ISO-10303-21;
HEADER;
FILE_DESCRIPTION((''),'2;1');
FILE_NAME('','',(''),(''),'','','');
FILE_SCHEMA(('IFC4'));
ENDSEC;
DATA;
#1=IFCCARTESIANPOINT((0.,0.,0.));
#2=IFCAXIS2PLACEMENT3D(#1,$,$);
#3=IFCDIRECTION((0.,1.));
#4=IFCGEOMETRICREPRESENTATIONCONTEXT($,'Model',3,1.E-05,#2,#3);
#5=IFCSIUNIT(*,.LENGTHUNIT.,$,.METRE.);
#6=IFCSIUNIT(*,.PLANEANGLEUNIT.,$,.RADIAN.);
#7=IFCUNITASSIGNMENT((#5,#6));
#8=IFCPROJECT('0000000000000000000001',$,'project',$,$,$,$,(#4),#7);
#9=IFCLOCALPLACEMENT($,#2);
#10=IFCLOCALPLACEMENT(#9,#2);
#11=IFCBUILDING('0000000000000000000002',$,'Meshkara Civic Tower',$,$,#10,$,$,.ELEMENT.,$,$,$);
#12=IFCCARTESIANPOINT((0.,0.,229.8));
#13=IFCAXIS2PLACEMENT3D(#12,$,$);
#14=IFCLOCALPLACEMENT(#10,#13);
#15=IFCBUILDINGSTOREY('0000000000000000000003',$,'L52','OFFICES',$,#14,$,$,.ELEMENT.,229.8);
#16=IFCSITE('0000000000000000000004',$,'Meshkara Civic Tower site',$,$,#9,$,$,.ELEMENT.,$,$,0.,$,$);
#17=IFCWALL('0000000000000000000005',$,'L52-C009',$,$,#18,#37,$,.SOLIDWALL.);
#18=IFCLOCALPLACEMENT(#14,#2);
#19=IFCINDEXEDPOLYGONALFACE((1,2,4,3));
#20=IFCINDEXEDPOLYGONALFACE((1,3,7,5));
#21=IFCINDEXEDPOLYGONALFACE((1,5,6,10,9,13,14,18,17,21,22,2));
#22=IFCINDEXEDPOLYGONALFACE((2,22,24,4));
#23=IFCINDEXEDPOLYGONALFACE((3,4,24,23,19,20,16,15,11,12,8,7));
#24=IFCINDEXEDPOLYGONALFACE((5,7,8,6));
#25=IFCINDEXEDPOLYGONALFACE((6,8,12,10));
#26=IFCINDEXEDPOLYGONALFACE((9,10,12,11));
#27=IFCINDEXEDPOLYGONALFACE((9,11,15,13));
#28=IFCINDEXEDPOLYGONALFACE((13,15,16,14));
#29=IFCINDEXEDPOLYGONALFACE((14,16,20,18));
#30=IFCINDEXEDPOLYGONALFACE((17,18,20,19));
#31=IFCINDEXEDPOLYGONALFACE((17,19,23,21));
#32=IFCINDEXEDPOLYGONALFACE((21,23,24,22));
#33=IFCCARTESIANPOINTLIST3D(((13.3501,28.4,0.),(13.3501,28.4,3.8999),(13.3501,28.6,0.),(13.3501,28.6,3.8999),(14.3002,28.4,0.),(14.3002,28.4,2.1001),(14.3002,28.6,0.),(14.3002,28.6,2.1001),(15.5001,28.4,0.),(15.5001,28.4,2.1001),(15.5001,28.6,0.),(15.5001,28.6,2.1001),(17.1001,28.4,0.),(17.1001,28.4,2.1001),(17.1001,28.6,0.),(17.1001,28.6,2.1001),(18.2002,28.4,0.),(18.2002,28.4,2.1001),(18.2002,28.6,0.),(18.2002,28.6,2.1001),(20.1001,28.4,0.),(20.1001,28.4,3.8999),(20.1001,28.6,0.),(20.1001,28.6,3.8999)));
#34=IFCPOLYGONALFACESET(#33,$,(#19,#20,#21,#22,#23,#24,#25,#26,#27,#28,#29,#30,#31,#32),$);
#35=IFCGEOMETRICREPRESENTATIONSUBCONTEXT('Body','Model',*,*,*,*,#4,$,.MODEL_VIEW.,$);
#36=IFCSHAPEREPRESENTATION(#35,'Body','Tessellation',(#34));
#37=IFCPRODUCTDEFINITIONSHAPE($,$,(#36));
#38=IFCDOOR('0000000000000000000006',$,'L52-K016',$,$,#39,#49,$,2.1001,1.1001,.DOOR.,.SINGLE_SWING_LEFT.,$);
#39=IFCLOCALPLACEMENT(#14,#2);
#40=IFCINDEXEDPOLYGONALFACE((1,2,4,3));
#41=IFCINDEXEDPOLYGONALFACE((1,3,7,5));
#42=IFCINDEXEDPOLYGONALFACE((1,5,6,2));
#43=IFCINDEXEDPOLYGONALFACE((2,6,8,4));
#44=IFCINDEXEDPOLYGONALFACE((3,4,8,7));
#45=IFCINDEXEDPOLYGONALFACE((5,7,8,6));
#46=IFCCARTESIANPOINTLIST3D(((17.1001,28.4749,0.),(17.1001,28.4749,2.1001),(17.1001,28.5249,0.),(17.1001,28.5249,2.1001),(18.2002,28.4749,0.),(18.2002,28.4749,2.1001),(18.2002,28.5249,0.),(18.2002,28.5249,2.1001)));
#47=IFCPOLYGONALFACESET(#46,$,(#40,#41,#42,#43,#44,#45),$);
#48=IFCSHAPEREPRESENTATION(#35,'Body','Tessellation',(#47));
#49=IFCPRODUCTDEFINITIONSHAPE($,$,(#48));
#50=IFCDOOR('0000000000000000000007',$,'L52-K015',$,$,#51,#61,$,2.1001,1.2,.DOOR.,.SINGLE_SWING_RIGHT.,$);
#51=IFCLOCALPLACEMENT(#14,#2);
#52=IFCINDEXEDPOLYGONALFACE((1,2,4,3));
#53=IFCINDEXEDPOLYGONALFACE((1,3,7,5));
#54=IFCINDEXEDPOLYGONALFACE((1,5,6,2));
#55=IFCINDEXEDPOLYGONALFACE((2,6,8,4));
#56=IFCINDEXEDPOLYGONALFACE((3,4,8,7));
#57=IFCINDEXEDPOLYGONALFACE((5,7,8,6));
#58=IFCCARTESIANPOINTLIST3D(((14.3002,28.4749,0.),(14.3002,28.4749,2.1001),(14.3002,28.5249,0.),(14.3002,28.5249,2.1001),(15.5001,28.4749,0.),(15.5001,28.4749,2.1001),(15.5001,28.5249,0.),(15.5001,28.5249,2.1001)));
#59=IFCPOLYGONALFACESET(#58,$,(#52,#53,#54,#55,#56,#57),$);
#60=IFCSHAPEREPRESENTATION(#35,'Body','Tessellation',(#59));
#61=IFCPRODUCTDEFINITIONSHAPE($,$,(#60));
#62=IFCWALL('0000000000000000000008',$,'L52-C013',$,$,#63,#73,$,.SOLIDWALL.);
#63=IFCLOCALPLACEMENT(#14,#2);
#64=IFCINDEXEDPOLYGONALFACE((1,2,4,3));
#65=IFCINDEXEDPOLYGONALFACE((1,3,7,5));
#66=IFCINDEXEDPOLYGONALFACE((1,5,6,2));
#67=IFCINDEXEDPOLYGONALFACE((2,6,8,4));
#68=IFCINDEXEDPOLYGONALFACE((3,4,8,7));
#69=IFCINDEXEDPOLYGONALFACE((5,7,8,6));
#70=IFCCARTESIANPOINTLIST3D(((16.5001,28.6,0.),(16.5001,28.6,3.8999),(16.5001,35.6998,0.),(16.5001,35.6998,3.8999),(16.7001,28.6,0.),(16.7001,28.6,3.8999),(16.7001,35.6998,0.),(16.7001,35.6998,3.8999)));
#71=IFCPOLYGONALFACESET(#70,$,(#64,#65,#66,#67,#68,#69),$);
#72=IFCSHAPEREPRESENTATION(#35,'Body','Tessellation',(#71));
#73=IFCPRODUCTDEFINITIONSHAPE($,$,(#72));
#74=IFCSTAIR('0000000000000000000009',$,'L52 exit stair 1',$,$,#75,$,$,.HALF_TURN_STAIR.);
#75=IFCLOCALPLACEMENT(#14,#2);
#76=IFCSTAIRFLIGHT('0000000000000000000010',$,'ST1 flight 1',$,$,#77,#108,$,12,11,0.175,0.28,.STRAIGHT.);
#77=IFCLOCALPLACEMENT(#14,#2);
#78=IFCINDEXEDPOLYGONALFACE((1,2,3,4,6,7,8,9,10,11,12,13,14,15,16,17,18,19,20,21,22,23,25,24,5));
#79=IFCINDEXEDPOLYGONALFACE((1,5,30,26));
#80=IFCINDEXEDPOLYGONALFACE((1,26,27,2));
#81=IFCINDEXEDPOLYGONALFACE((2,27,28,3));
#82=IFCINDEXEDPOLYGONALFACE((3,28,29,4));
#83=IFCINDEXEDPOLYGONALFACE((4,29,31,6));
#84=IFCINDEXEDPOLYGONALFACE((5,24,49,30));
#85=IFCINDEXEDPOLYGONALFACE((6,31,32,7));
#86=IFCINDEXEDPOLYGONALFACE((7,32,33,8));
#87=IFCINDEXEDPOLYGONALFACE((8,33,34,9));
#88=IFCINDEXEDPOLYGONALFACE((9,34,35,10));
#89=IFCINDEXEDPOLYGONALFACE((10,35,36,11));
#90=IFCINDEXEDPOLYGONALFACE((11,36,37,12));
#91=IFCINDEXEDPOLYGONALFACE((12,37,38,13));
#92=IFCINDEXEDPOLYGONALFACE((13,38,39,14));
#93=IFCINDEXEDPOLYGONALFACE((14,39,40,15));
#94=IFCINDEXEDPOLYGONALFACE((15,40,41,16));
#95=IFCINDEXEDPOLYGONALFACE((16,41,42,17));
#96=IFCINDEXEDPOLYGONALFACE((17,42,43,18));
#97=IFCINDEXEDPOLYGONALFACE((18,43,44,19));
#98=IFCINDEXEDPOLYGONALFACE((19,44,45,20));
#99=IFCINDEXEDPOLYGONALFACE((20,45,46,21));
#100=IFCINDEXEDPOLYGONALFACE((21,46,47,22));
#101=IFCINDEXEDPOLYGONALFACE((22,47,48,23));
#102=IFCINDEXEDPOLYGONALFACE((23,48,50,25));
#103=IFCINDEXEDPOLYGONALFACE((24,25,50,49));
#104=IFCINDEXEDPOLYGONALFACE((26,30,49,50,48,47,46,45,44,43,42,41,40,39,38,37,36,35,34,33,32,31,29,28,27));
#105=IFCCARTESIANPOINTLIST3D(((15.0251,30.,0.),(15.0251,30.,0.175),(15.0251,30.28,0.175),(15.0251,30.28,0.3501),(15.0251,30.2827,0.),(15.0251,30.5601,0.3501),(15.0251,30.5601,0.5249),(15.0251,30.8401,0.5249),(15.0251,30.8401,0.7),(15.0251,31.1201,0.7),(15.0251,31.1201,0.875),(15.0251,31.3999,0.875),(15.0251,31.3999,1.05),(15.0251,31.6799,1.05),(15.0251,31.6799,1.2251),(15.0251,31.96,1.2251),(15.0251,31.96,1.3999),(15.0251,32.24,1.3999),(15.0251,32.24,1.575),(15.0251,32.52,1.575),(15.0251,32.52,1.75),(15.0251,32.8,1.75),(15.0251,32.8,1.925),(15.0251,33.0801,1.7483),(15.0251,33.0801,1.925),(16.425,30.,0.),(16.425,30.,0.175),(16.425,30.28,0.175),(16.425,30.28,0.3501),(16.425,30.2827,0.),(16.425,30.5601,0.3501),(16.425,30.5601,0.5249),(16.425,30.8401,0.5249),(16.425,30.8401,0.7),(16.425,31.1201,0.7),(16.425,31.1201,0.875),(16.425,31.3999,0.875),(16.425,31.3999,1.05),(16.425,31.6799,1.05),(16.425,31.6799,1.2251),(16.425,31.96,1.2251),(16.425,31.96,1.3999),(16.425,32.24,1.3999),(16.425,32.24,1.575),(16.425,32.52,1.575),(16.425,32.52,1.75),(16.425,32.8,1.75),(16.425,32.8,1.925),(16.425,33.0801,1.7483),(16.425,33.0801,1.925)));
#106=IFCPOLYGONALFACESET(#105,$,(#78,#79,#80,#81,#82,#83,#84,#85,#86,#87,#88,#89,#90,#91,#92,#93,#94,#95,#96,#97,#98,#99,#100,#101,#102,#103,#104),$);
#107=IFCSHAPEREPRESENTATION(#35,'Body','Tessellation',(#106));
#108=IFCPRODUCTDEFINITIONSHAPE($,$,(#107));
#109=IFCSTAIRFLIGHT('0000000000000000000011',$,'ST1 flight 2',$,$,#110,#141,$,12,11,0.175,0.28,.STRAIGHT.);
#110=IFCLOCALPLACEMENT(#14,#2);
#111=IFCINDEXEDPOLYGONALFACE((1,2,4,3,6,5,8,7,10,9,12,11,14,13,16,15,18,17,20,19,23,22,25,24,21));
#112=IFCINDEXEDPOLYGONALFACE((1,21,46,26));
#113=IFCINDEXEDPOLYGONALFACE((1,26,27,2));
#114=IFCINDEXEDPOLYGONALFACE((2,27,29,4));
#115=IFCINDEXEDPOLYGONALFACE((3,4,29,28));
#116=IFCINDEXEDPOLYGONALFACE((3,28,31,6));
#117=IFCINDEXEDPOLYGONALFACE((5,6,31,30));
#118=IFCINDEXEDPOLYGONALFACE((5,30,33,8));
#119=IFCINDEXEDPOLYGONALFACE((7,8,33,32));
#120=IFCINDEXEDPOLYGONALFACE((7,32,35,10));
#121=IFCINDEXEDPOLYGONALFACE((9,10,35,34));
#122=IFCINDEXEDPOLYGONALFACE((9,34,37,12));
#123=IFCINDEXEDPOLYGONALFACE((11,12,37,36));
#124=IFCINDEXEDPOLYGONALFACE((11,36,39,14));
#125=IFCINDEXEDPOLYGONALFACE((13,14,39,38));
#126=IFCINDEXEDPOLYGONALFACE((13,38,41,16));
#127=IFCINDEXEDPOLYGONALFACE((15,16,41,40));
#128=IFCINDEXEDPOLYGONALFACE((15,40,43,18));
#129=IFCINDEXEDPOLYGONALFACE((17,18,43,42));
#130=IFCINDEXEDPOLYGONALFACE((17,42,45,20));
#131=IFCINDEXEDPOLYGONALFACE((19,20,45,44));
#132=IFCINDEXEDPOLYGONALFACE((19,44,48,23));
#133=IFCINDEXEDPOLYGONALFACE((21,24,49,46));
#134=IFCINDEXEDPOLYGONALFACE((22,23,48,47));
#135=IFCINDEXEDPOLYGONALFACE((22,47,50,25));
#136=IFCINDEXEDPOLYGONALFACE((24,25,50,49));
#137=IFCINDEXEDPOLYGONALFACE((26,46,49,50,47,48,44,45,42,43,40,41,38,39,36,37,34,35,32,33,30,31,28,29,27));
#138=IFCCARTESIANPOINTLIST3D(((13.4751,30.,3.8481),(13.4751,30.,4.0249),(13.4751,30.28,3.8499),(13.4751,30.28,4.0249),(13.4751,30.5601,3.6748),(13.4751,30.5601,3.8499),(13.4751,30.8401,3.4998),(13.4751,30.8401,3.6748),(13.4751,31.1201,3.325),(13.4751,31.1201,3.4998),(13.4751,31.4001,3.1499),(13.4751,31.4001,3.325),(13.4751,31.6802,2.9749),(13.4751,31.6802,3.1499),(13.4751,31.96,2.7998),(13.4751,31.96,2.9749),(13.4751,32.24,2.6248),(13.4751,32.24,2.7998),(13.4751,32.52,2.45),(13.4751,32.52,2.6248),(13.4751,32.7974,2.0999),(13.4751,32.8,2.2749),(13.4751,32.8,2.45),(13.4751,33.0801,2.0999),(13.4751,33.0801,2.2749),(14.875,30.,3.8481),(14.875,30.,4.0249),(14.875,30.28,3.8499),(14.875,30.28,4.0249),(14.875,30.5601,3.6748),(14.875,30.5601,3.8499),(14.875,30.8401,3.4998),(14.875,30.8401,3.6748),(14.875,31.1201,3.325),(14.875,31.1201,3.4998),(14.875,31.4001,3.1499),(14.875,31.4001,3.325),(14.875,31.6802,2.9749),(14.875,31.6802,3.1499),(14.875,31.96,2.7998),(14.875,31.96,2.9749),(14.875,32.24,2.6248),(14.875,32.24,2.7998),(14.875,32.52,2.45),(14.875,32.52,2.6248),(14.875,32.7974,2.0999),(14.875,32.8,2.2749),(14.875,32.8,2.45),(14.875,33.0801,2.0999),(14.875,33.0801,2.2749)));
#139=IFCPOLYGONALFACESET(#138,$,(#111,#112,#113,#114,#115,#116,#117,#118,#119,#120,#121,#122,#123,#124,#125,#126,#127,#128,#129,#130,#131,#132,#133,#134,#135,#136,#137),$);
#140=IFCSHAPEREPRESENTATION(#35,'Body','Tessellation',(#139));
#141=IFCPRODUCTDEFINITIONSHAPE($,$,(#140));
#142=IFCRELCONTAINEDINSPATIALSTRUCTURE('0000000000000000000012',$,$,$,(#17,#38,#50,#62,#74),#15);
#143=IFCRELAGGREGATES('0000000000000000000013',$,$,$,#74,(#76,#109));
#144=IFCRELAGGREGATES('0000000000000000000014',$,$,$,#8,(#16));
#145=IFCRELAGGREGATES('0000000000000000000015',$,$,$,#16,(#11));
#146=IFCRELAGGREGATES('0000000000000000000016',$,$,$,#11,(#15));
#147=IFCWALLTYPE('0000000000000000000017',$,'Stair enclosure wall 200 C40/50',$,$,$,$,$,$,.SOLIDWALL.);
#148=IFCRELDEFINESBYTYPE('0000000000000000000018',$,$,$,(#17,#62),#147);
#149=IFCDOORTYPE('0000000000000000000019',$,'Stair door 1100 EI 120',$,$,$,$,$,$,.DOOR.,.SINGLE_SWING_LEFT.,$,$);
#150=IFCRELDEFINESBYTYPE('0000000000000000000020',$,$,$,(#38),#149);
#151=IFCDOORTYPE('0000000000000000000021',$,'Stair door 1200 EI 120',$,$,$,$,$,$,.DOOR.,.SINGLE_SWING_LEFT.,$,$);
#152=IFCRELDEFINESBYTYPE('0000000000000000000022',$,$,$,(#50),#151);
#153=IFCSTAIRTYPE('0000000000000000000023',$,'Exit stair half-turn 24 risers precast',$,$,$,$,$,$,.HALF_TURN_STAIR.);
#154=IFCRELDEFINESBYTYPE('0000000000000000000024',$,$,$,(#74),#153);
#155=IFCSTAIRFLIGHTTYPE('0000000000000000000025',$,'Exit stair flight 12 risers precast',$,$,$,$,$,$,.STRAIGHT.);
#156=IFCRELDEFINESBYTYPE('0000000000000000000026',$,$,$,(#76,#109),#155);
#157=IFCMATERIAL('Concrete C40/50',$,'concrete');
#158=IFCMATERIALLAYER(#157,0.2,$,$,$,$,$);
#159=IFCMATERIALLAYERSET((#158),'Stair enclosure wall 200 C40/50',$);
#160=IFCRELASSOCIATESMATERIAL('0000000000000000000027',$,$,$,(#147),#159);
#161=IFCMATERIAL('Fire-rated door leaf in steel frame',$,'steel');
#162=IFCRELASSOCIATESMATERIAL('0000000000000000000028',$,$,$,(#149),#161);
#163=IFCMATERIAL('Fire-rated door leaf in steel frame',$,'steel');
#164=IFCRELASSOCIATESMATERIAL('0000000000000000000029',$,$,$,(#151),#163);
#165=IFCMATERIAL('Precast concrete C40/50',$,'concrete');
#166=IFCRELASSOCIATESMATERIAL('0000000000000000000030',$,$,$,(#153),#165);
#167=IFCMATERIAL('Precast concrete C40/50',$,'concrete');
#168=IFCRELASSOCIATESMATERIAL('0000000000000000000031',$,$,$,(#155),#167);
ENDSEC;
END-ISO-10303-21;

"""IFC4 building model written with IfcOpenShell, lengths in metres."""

from ifc_helpers import new_model, si_unit, direction, frame, frame_2d, origin, place, context, subcontext, project, spatial, polyline, rectangle, outline, extrude, material, layer, layer_set, type_object, element, fill, aggregate, save


model = new_model("IFC4")

# Units and contexts
model_context = context("Model", 3, precision=1e-05, world=origin(), true_north=direction((0.0, 1.0)))
body_context = subcontext(model_context, "Body", "Model", "MODEL_VIEW")
ifc_project = project(units=[si_unit("LENGTHUNIT", "METRE"), si_unit("PLANEANGLEUNIT", "RADIAN")], contexts=[model_context])

# Site, building, storey
site_placement = place(None, origin())
site = spatial("IfcSite", under=ifc_project, at=site_placement, Name="Meshkara Civic Tower site", CompositionType="ELEMENT", RefElevation=0.0)
building_placement = place(site_placement, origin())
building = spatial("IfcBuilding", under=site, at=building_placement, Name="Meshkara Civic Tower", CompositionType="ELEMENT")
storey_placement = place(building_placement, frame((0.0, 0.0, 229.8)))
storey = spatial("IfcBuildingStorey", under=building, at=storey_placement, Name="L52", Description="OFFICES", CompositionType="ELEMENT", Elevation=229.8)

# Wall, openings, doors
ifc_material_1 = material(Name="Concrete C40/50", Category="concrete")
ifc_layer_1 = layer(ifc_material_1, 0.2)
ifc_layer_set_1 = layer_set([ifc_layer_1], Name="Stair enclosure wall 200 C40/50")
wall_type_1 = type_object("IfcWallType", Name="Stair enclosure wall 200 C40/50", PredefinedType="SOLIDWALL", material=ifc_layer_set_1)
wall_1_placement = place(storey_placement, frame((13.3501, 28.5, 0.0), z_axis=(0.0, 0.0, 1.0), x_axis=(1.0, 0.0, 0.0)))
wall_1 = element("IfcWall", 1, at=wall_1_placement, inside=storey, type_object=wall_type_1, Name="L52-C009", PredefinedType="SOLIDWALL", context=body_context, shape_type="SweptSolid", body=[
    extrude(rectangle(XDim=6.75, YDim=0.2, at=frame_2d((3.375, 0.0))), origin(), (0.0, 0.0, 1.0), 3.8999),
])
opening_1_placement = place(wall_1_placement, frame((0.95, 0.0, 0.0)))
opening_1 = element("IfcOpeningElement", 2, at=opening_1_placement, cuts=wall_1, PredefinedType="OPENING", context=body_context, shape_type="SweptSolid", body=[
    extrude(rectangle(XDim=1.2, YDim=2.1001, at=frame_2d((0.6001, 1.05))), frame((0.0, 0.1099, 0.0), z_axis=(0.0, -1.0, 0.0), x_axis=(1.0, 0.0, 0.0)), (0.0, 0.0, 1.0), 0.22),
])
opening_2_placement = place(wall_1_placement, frame((3.75, 0.0, 0.0)))
opening_2 = element("IfcOpeningElement", 3, at=opening_2_placement, cuts=wall_1, PredefinedType="OPENING", context=body_context, shape_type="SweptSolid", body=[
    extrude(rectangle(XDim=1.1001, YDim=2.1001, at=frame_2d((0.55, 1.05))), frame((0.0, 0.1099, 0.0), z_axis=(0.0, -1.0, 0.0), x_axis=(1.0, 0.0, 0.0)), (0.0, 0.0, 1.0), 0.22),
])
ifc_material_2 = material(Name="Fire-rated door leaf in steel frame", Category="steel")
door_type_1 = type_object("IfcDoorType", Name="Stair door 1100 EI 120", OperationType="SINGLE_SWING_LEFT", PredefinedType="DOOR", material=ifc_material_2)
door_1_placement = place(opening_2_placement, origin())
door_1 = element("IfcDoor", 4, at=door_1_placement, inside=storey, type_object=door_type_1, Name="L52-K016", OperationType="SINGLE_SWING_LEFT", OverallHeight=2.1001, OverallWidth=1.1001, PredefinedType="DOOR", context=body_context, shape_type="SweptSolid", body=[
    extrude(rectangle(XDim=1.1001, YDim=2.1001, at=frame_2d((0.55, 1.05))), frame((0.0, 0.0249, 0.0), z_axis=(0.0, -1.0, 0.0), x_axis=(1.0, 0.0, 0.0)), (0.0, 0.0, 1.0), 0.05),
])
fill(opening_2, door_1)
ifc_material_3 = material(Name="Fire-rated door leaf in steel frame", Category="steel")
door_type_2 = type_object("IfcDoorType", Name="Stair door 1200 EI 120", OperationType="SINGLE_SWING_LEFT", PredefinedType="DOOR", material=ifc_material_3)
door_2_placement = place(opening_1_placement, origin())
door_2 = element("IfcDoor", 5, at=door_2_placement, inside=storey, type_object=door_type_2, Name="L52-K015", OperationType="SINGLE_SWING_RIGHT", OverallHeight=2.1001, OverallWidth=1.2, PredefinedType="DOOR", context=body_context, shape_type="SweptSolid", body=[
    extrude(rectangle(XDim=1.2, YDim=2.1001, at=frame_2d((0.6001, 1.05))), frame((0.0, 0.0249, 0.0), z_axis=(0.0, -1.0, 0.0), x_axis=(1.0, 0.0, 0.0)), (0.0, 0.0, 1.0), 0.05),
])
fill(opening_1, door_2)

# Wall
wall_2_placement = place(storey_placement, frame((16.6001, 28.6001, 0.0), z_axis=(0.0, 0.0, 1.0), x_axis=(0.0, 1.0, 0.0)))
element("IfcWall", 6, at=wall_2_placement, inside=storey, type_object=wall_type_1, Name="L52-C013", PredefinedType="SOLIDWALL", context=body_context, shape_type="SweptSolid", body=[
    extrude(rectangle(XDim=7.0999, YDim=0.2, at=frame_2d((3.5498, 0.0))), origin(), (0.0, 0.0, 1.0), 3.8999),
])

# Stair, stair flights
ifc_material_4 = material(Name="Precast concrete C40/50", Category="concrete")
stair_type = type_object("IfcStairType", Name="Exit stair half-turn 24 risers precast", PredefinedType="HALF_TURN_STAIR", material=ifc_material_4)
stair_placement = place(storey_placement, origin())
stair = element("IfcStair", 7, at=stair_placement, inside=storey, type_object=stair_type, Name="L52 exit stair 1", PredefinedType="HALF_TURN_STAIR")
ifc_material_5 = material(Name="Precast concrete C40/50", Category="concrete")
stair_flight_type = type_object("IfcStairFlightType", Name="Exit stair flight 12 risers precast", PredefinedType="STRAIGHT", material=ifc_material_5)
stair_flight_1_placement = place(storey_placement, frame((15.7251, 30.0, 0.0), z_axis=(0.0, 0.0, 1.0), x_axis=(0.0, 1.0, 0.0)))
stair_flight_1 = element("IfcStairFlight", 8, at=stair_flight_1_placement, type_object=stair_flight_type, Name="ST1 flight 1", NumberOfRisers=12, NumberOfTreads=11, PredefinedType="STRAIGHT", RiserHeight=0.175, TreadLength=0.28, context=body_context, shape_type="SweptSolid", body=[
    extrude(outline(polyline([(0.0, 0.0), (0.0, 0.175), (0.28, 0.175), (0.28, 0.3501), (0.5601, 0.3501), (0.5601, 0.5249), (0.8401, 0.5249), (0.8401, 0.7), (1.1201, 0.7), (1.1201, 0.875), (1.3999, 0.875), (1.3999, 1.05), (1.6799, 1.05), (1.6799, 1.2251), (1.96, 1.2251), (1.96, 1.3999), (2.24, 1.3999), (2.24, 1.575), (2.52, 1.575), (2.52, 1.75), (2.8, 1.75), (2.8, 1.925), (3.0801, 1.925), (3.0801, 2.1001), (3.0801, 1.7483), (0.2827, 0.0), (0.0, 0.0)])), frame((0.0, 0.7, 0.0), z_axis=(0.0, -1.0, 0.0), x_axis=(1.0, 0.0, 0.0)), (0.0, 0.0, 1.0), 1.3999),
])
stair_flight_2_placement = place(storey_placement, frame((14.175, 33.0801, 2.0999), z_axis=(0.0, 0.0, 1.0), x_axis=(0.0, -1.0, 0.0)))
stair_flight_2 = element("IfcStairFlight", 9, at=stair_flight_2_placement, type_object=stair_flight_type, Name="ST1 flight 2", NumberOfRisers=12, NumberOfTreads=11, PredefinedType="STRAIGHT", RiserHeight=0.175, TreadLength=0.28, context=body_context, shape_type="SweptSolid", body=[
    extrude(outline(polyline([(0.0, 0.0), (0.0, 0.175), (0.28, 0.175), (0.28, 0.3501), (0.5601, 0.3501), (0.5601, 0.5249), (0.8401, 0.5249), (0.8401, 0.7), (1.1201, 0.7), (1.1201, 0.875), (1.3999, 0.875), (1.3999, 1.05), (1.6799, 1.05), (1.6799, 1.2251), (1.96, 1.2251), (1.96, 1.3999), (2.24, 1.3999), (2.24, 1.575), (2.52, 1.575), (2.52, 1.75), (2.8, 1.75), (2.8, 1.925), (3.0801, 1.925), (3.0801, 2.1001), (3.0801, 1.7483), (0.2827, 0.0), (0.0, 0.0)])), frame((0.0, 0.7, 0.0), z_axis=(0.0, -1.0, 0.0), x_axis=(1.0, 0.0, 0.0)), (0.0, 0.0, 1.0), 1.3999),
])
aggregate(stair, [stair_flight_1, stair_flight_2])

save(model, "model.ifc")
